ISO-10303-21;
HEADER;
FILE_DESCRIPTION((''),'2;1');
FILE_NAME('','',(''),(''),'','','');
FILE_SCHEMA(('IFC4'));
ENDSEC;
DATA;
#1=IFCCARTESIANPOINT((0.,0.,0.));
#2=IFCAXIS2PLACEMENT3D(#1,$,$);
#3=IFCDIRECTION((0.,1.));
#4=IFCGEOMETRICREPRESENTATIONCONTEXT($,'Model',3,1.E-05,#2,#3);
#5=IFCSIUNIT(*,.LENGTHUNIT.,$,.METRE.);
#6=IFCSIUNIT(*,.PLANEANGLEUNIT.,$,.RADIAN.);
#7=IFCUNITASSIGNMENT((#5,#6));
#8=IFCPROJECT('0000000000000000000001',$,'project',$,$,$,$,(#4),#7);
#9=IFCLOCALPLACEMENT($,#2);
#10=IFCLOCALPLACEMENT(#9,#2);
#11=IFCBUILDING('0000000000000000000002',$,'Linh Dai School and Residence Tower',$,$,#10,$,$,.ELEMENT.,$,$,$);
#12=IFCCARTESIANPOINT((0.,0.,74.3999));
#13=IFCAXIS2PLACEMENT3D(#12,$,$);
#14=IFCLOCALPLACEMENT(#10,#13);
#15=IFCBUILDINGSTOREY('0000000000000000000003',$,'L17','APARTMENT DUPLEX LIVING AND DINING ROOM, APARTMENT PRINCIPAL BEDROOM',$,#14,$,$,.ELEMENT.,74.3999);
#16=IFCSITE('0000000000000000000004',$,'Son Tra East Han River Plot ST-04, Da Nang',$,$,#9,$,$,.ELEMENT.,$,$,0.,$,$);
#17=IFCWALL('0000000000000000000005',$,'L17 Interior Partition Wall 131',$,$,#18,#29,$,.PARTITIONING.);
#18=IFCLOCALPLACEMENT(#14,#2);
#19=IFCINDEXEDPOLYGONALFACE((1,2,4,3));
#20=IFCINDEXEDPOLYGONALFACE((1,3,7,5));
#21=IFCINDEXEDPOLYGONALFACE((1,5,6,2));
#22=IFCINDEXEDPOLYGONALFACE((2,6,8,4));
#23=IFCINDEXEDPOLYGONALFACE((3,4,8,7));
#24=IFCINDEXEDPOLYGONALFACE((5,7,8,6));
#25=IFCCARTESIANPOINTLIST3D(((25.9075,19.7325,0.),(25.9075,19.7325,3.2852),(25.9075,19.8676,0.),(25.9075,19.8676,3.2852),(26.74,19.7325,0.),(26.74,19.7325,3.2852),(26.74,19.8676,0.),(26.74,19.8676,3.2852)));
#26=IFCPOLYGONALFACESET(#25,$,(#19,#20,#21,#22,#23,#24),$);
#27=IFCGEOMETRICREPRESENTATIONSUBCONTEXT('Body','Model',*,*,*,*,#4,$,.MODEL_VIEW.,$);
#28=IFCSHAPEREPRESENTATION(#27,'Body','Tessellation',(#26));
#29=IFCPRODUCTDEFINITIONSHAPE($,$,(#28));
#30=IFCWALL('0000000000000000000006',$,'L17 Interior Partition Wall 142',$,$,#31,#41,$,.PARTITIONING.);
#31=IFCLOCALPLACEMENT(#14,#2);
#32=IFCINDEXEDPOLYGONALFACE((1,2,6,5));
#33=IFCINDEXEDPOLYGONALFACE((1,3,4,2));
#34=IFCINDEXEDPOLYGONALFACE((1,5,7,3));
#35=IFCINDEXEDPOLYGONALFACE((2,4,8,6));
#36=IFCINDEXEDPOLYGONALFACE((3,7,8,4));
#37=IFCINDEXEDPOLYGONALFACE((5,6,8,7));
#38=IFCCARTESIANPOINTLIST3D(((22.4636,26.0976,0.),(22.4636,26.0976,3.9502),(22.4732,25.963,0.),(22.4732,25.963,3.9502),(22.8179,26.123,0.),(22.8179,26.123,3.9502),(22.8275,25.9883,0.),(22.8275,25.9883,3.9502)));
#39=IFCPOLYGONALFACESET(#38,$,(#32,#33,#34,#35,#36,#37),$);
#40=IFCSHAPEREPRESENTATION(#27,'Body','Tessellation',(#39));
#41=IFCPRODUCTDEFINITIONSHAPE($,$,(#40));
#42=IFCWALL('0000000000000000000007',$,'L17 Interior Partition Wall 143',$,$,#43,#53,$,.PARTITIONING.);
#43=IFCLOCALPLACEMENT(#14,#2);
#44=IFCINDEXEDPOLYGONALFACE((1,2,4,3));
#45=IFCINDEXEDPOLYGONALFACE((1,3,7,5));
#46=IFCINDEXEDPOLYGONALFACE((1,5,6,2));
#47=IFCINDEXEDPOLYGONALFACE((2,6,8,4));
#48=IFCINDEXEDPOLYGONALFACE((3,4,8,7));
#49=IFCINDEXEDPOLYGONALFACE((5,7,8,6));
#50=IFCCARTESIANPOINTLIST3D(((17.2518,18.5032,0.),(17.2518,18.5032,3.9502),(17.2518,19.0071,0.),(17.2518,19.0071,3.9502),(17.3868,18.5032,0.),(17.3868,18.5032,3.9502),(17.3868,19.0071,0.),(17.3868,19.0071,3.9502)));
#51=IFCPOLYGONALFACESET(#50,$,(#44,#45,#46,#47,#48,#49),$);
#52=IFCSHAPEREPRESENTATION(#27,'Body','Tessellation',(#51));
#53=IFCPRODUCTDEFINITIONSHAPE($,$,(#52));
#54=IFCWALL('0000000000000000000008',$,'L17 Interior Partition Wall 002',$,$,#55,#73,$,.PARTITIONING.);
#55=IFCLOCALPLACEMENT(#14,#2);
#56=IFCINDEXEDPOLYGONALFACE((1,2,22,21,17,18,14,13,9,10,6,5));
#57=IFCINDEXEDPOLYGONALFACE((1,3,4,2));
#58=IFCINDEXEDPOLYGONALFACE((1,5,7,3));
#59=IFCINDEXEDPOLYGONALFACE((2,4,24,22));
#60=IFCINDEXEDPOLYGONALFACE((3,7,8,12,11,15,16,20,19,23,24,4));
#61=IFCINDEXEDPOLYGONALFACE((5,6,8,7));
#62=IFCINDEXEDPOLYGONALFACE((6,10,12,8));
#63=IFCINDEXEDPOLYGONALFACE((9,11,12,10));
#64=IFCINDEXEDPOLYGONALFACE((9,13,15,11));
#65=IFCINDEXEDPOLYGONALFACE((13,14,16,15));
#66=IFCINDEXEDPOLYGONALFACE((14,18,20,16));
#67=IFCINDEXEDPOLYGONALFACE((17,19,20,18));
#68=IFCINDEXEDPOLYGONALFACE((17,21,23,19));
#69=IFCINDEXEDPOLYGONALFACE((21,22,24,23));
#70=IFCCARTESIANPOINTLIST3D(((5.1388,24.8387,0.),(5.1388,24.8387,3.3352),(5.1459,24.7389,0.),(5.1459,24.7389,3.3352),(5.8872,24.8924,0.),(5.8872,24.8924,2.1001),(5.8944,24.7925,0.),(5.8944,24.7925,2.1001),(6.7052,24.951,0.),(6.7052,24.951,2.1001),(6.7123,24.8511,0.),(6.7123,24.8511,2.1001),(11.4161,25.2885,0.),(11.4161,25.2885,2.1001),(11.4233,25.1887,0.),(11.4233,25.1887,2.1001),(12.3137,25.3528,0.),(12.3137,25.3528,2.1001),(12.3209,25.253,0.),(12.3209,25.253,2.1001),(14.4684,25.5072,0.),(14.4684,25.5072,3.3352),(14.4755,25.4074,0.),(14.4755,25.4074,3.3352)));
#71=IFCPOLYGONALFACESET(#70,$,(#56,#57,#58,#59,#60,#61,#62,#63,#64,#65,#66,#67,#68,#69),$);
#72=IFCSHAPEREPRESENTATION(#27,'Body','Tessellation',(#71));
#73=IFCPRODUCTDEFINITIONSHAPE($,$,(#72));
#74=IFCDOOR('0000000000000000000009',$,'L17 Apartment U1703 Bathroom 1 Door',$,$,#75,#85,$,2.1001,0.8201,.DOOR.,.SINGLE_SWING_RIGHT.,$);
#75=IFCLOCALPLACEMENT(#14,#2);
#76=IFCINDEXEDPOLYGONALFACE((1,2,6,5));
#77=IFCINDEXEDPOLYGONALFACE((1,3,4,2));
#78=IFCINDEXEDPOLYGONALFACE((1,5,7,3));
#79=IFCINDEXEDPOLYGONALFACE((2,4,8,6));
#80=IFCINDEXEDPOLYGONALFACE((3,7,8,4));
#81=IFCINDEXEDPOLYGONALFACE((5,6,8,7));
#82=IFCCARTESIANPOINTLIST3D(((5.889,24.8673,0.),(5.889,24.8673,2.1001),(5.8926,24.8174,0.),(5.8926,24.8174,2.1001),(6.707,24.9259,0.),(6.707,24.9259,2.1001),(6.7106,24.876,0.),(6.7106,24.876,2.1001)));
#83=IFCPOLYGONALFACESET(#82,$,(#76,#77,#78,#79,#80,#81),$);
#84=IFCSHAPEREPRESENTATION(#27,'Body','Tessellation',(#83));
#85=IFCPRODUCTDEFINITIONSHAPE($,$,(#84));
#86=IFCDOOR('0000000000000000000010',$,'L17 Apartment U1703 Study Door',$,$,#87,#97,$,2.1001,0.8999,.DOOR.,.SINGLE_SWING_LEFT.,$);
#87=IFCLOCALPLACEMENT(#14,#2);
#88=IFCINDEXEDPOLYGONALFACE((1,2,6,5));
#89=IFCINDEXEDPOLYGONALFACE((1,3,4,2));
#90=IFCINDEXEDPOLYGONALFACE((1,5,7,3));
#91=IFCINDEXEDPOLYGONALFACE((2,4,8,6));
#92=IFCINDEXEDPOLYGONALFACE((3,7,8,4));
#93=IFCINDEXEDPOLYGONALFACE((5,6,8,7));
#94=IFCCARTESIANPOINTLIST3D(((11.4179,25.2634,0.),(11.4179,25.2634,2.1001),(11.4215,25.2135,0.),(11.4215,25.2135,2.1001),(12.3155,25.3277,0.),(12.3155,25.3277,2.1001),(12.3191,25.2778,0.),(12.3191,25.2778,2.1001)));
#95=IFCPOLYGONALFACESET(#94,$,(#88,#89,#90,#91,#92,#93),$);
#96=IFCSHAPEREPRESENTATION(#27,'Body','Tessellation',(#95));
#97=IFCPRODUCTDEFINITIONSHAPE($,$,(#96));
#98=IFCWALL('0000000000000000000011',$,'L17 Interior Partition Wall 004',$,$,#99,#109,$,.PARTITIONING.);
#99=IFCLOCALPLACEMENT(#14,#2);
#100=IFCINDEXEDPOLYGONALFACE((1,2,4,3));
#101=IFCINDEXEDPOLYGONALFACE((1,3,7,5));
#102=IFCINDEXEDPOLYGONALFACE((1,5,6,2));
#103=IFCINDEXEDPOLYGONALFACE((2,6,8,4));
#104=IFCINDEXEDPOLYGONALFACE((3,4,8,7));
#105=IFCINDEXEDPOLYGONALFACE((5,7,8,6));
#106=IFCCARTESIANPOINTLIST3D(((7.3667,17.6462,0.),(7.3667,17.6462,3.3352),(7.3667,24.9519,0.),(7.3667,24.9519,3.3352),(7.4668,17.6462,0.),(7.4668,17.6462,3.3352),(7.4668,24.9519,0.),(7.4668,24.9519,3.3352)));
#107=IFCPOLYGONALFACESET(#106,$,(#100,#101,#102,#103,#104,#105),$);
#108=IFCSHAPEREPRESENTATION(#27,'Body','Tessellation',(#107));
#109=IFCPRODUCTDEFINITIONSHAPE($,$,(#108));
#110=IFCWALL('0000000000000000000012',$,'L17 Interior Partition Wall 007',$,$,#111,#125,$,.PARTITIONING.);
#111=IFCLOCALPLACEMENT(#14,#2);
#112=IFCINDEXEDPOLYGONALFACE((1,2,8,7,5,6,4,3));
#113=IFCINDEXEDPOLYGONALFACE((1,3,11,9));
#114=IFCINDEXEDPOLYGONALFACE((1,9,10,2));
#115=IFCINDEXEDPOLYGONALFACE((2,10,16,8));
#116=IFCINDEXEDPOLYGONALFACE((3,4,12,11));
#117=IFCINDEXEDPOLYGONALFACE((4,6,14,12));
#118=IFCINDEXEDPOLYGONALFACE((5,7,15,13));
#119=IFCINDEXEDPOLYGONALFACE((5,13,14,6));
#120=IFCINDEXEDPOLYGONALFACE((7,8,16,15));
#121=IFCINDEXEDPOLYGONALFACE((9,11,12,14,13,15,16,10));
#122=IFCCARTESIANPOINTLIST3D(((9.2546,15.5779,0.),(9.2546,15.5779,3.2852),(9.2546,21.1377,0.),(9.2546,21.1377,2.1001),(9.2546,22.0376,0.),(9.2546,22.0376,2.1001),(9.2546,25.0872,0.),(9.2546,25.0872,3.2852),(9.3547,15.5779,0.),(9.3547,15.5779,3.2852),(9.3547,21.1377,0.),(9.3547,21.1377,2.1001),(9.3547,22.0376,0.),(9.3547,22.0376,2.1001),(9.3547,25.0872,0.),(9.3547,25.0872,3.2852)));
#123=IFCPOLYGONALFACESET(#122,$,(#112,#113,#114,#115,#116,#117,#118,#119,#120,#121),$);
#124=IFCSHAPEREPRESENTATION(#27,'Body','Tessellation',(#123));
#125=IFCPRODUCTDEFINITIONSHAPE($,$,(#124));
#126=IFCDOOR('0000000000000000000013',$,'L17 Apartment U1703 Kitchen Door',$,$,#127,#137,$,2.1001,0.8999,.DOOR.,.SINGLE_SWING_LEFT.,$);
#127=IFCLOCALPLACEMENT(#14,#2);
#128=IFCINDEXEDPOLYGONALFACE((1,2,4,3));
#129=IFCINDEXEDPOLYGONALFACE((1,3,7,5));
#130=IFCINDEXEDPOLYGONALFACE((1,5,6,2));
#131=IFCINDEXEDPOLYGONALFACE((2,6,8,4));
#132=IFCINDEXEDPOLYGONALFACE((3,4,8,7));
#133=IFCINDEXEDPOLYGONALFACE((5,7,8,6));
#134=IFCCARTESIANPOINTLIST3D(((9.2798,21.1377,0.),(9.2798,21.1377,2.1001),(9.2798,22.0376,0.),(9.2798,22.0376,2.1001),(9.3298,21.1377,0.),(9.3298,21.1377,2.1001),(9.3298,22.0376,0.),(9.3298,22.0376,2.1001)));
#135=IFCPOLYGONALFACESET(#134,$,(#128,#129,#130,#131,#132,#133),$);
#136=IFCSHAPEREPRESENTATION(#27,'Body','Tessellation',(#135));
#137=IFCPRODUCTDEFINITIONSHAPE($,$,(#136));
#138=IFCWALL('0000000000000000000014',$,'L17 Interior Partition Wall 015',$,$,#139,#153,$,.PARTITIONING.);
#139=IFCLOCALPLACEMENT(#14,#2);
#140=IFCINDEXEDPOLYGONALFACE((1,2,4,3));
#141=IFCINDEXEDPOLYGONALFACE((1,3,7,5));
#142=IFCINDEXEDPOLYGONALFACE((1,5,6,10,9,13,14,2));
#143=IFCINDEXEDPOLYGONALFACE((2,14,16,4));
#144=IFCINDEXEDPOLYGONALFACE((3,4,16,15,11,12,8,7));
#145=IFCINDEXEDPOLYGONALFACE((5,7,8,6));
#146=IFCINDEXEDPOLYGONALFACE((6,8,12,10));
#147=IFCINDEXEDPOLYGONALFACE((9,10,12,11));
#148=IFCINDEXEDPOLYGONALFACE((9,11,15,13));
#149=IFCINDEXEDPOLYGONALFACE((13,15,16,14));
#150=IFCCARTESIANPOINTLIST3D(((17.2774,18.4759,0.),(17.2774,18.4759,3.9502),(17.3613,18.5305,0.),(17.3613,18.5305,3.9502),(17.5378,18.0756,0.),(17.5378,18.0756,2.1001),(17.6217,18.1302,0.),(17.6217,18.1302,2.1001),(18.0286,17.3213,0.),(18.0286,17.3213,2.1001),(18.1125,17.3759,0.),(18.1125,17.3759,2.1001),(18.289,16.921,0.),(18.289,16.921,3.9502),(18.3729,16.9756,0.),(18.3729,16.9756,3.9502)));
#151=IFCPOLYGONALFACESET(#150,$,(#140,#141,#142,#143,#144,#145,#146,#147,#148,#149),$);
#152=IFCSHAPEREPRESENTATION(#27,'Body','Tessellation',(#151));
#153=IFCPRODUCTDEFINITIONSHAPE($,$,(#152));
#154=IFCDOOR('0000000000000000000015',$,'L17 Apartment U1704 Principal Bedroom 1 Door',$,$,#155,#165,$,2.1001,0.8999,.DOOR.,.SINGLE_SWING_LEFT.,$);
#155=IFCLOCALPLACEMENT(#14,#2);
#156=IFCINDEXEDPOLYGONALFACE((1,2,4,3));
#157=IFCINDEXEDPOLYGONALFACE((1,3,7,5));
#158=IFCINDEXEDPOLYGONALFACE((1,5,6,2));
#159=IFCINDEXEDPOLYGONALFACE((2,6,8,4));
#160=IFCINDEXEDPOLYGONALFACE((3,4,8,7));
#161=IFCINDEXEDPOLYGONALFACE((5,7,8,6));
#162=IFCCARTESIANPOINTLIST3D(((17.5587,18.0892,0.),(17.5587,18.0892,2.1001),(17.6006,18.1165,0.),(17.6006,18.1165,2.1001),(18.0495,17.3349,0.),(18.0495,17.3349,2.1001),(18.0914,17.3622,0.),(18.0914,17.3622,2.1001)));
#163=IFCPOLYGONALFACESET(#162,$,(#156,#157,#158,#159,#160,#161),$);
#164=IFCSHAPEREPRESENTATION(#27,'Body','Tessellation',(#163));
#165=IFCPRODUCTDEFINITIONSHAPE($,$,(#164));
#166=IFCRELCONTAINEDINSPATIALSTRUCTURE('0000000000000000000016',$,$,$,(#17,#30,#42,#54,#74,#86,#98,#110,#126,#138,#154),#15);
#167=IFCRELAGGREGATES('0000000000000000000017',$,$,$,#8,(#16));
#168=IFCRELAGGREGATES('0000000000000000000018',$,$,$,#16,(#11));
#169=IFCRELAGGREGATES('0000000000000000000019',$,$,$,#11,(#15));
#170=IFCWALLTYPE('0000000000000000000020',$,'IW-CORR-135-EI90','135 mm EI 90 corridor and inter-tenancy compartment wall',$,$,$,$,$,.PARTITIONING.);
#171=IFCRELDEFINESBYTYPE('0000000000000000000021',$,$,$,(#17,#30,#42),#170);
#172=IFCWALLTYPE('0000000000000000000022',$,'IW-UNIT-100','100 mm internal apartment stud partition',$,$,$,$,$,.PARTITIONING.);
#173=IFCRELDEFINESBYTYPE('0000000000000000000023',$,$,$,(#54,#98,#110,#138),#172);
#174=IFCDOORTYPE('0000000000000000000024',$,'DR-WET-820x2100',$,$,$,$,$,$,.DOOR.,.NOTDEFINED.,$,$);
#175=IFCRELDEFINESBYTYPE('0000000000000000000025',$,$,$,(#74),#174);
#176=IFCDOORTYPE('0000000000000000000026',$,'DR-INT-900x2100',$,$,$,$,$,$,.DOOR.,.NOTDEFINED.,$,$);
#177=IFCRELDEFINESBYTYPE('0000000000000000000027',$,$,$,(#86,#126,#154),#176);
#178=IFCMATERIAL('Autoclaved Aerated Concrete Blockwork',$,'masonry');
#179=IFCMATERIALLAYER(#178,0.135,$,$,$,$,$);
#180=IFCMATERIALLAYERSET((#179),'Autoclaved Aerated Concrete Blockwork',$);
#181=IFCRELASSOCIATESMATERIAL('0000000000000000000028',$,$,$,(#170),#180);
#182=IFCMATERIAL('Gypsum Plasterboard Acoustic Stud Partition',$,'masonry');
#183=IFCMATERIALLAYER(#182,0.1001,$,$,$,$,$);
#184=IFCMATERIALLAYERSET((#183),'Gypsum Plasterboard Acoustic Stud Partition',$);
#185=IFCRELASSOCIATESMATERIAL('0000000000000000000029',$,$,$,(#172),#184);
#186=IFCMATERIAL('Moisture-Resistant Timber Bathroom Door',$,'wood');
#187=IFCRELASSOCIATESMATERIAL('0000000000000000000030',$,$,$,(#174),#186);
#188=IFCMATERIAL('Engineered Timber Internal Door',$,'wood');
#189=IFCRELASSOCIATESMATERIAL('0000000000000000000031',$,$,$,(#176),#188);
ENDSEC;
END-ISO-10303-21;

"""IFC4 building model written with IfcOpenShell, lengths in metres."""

from ifc_helpers import new_model, si_unit, direction, frame, frame_2d, origin, origin_2d, place, context, subcontext, project, spatial, rectangle, extrude, source, transform, mapped, material, layer, layer_set, type_object, element, fill, save


model = new_model("IFC4")

# Units and contexts
model_context = context("Model", 3, precision=1e-05, world=origin(), true_north=direction((0.0, 1.0)))
body_context = subcontext(model_context, "Body", "Model", "MODEL_VIEW")
ifc_project = project(units=[si_unit("LENGTHUNIT", "METRE"), si_unit("PLANEANGLEUNIT", "RADIAN")], contexts=[model_context])

# Site, building, storey
site_placement = place(None, origin())
site = spatial("IfcSite", under=ifc_project, at=site_placement, Name="Son Tra East Han River Plot ST-04, Da Nang", CompositionType="ELEMENT", RefElevation=0.0)
building_placement = place(site_placement, origin())
building = spatial("IfcBuilding", under=site, at=building_placement, Name="Linh Dai School and Residence Tower", CompositionType="ELEMENT")
storey_placement = place(building_placement, frame((0.0, 0.0, 74.3999)))
storey = spatial("IfcBuildingStorey", under=building, at=storey_placement, Name="L17", Description="APARTMENT DUPLEX LIVING AND DINING ROOM, APARTMENT PRINCIPAL BEDROOM", CompositionType="ELEMENT", Elevation=74.3999)

# Shared definitions
ifc_material_1 = material(Name="Autoclaved Aerated Concrete Blockwork", Category="masonry")
ifc_layer_1 = layer(ifc_material_1, 0.135)
ifc_layer_set_1 = layer_set([ifc_layer_1], Name="Autoclaved Aerated Concrete Blockwork")
wall_type_1 = type_object("IfcWallType", Name="IW-CORR-135-EI90", Description="135 mm EI 90 corridor and inter-tenancy compartment wall", PredefinedType="PARTITIONING", material=ifc_layer_set_1)

# Walls
wall_1_placement = place(storey_placement, frame((25.9075, 19.8, 0.0), z_axis=(0.0, 0.0, 1.0), x_axis=(1.0, 0.0, 0.0)))
element("IfcWall", 1, at=wall_1_placement, inside=storey, type_object=wall_type_1, Name="L17 Interior Partition Wall 131", PredefinedType="PARTITIONING", context=body_context, shape_type="SweptSolid", body=[
    extrude(rectangle(XDim=0.8325, YDim=0.135, at=frame_2d((0.4163, 0.0))), origin(), (0.0, 0.0, 1.0), 3.2852),
])
wall_2_placement = place(storey_placement, frame((22.4683, 26.0303, 0.0), z_axis=(0.0, 0.0, 1.0), x_axis=(0.997441, 0.071491, 0.0)))
element("IfcWall", 2, at=wall_2_placement, inside=storey, type_object=wall_type_1, Name="L17 Interior Partition Wall 142", PredefinedType="PARTITIONING", context=body_context, shape_type="SweptSolid", body=[
    extrude(rectangle(XDim=0.3552, YDim=0.135, at=frame_2d((0.1777, 0.0))), origin(), (0.0, 0.0, 1.0), 3.9502),
])
wall_3_placement = place(storey_placement, frame((17.3193, 18.5032, 0.0), z_axis=(0.0, 0.0, 1.0), x_axis=(0.0, 1.0, 0.0)))
element("IfcWall", 3, at=wall_3_placement, inside=storey, type_object=wall_type_1, Name="L17 Interior Partition Wall 143", PredefinedType="PARTITIONING", context=body_context, shape_type="SweptSolid", body=[
    extrude(rectangle(XDim=0.5039, YDim=0.135, at=frame_2d((0.252, 0.0))), origin(), (0.0, 0.0, 1.0), 3.9502),
])

# Wall, openings, doors
ifc_material_2 = material(Name="Gypsum Plasterboard Acoustic Stud Partition", Category="masonry")
ifc_layer_2 = layer(ifc_material_2, 0.1001)
ifc_layer_set_2 = layer_set([ifc_layer_2], Name="Gypsum Plasterboard Acoustic Stud Partition")
wall_type_2 = type_object("IfcWallType", Name="IW-UNIT-100", Description="100 mm internal apartment stud partition", PredefinedType="PARTITIONING", material=ifc_layer_set_2)
wall_4_placement = place(storey_placement, frame((5.1423, 24.7888, 0.0), z_axis=(0.0, 0.0, 1.0), x_axis=(0.997443, 0.071466, 0.0)))
wall_4 = element("IfcWall", 4, at=wall_4_placement, inside=storey, type_object=wall_type_2, Name="L17 Interior Partition Wall 002", PredefinedType="PARTITIONING", context=body_context, shape_type="SweptSolid", body=[
    extrude(rectangle(XDim=9.3535, YDim=0.1001, at=frame_2d((4.6768, 0.0))), origin(), (0.0, 0.0, 1.0), 3.3352),
])
opening_1_placement = place(wall_4_placement, frame((6.2935, 0.0, 0.0)))
opening_1 = element("IfcOpeningElement", 5, at=opening_1_placement, cuts=wall_4, PredefinedType="OPENING", context=body_context, shape_type="SweptSolid", body=[
    extrude(rectangle(XDim=0.8999, YDim=2.1001, at=origin_2d()), frame((0.45, 0.0601, 1.05), z_axis=(0.0, -1.0, 0.0), x_axis=(1.0, 0.0, 0.0)), (0.0, 0.0, 1.0), 0.1201),
])
opening_2_placement = place(wall_4_placement, frame((0.7502, 0.0, 0.0)))
opening_2 = element("IfcOpeningElement", 6, at=opening_2_placement, cuts=wall_4, PredefinedType="OPENING", context=body_context, shape_type="SweptSolid", body=[
    extrude(rectangle(XDim=0.8201, YDim=2.1001, at=origin_2d()), frame((0.4102, 0.0601, 1.05), z_axis=(0.0, -1.0, 0.0), x_axis=(1.0, 0.0, 0.0)), (0.0, 0.0, 1.0), 0.1201),
])
ifc_material_3 = material(Name="Moisture-Resistant Timber Bathroom Door", Category="wood")
door_type_1 = type_object("IfcDoorType", Name="DR-WET-820x2100", OperationType="NOTDEFINED", PredefinedType="DOOR", material=ifc_material_3)
shared_shape_1 = source(origin(), body_context, "Body", "SweptSolid", [
    extrude(rectangle(XDim=0.8201, YDim=2.1001, at=origin_2d()), frame((0.4102, 0.0249, 1.05), z_axis=(0.0, -1.0, 0.0), x_axis=(1.0, 0.0, 0.0)), (0.0, 0.0, 1.0), 0.05),
])
door_1_placement = place(opening_2_placement, origin())
door_1 = element("IfcDoor", 7, at=door_1_placement, inside=storey, type_object=door_type_1, Name="L17 Apartment U1703 Bathroom 1 Door", OperationType="SINGLE_SWING_RIGHT", OverallHeight=2.1001, OverallWidth=0.8201, PredefinedType="DOOR", context=body_context, shape_type="MappedRepresentation", body=[
    mapped(shared_shape_1, transform((0.0, 0.0, 0.0), x_axis=(1.0, 0.0, 0.0), y_axis=(0.0, 1.0, 0.0), z_axis=(0.0, 0.0, 1.0), scale=1.0)),
])
fill(opening_2, door_1)
ifc_material_4 = material(Name="Engineered Timber Internal Door", Category="wood")
door_type_2 = type_object("IfcDoorType", Name="DR-INT-900x2100", OperationType="NOTDEFINED", PredefinedType="DOOR", material=ifc_material_4)
shared_shape_2 = source(origin(), body_context, "Body", "SweptSolid", [
    extrude(rectangle(XDim=0.8999, YDim=2.1001, at=origin_2d()), frame((0.45, 0.0249, 1.05), z_axis=(0.0, -1.0, 0.0), x_axis=(1.0, 0.0, 0.0)), (0.0, 0.0, 1.0), 0.05),
])
door_2_placement = place(opening_1_placement, origin())
door_2 = element("IfcDoor", 8, at=door_2_placement, inside=storey, type_object=door_type_2, Name="L17 Apartment U1703 Study Door", OperationType="SINGLE_SWING_LEFT", OverallHeight=2.1001, OverallWidth=0.8999, PredefinedType="DOOR", context=body_context, shape_type="MappedRepresentation", body=[
    mapped(shared_shape_2, transform((0.0, 0.0, 0.0), x_axis=(1.0, 0.0, 0.0), y_axis=(0.0, 1.0, 0.0), z_axis=(0.0, 0.0, 1.0), scale=1.0)),
])
fill(opening_1, door_2)

# Wall
wall_5_placement = place(storey_placement, frame((7.4167, 17.6462, 0.0), z_axis=(0.0, 0.0, 1.0), x_axis=(0.0, 1.0, 0.0)))
element("IfcWall", 9, at=wall_5_placement, inside=storey, type_object=wall_type_2, Name="L17 Interior Partition Wall 004", PredefinedType="PARTITIONING", context=body_context, shape_type="SweptSolid", body=[
    extrude(rectangle(XDim=7.3057, YDim=0.1001, at=frame_2d((3.6528, 0.0))), origin(), (0.0, 0.0, 1.0), 3.3352),
])

# Walls, openings, doors
wall_6_placement = place(storey_placement, frame((9.3047, 15.5779, 0.0), z_axis=(0.0, 0.0, 1.0), x_axis=(0.0, 1.0, 0.0)))
wall_6 = element("IfcWall", 10, at=wall_6_placement, inside=storey, type_object=wall_type_2, Name="L17 Interior Partition Wall 007", PredefinedType="PARTITIONING", context=body_context, shape_type="SweptSolid", body=[
    extrude(rectangle(XDim=9.5093, YDim=0.1001, at=frame_2d((4.7546, 0.0))), origin(), (0.0, 0.0, 1.0), 3.2852),
])
opening_3_placement = place(wall_6_placement, frame((5.5598, 0.0, 0.0)))
opening_3 = element("IfcOpeningElement", 11, at=opening_3_placement, cuts=wall_6, PredefinedType="OPENING", context=body_context, shape_type="SweptSolid", body=[
    extrude(rectangle(XDim=0.8999, YDim=2.1001, at=origin_2d()), frame((0.45, 0.0601, 1.05), z_axis=(0.0, -1.0, 0.0), x_axis=(1.0, 0.0, 0.0)), (0.0, 0.0, 1.0), 0.1201),
])
door_3_placement = place(opening_3_placement, origin())
door_3 = element("IfcDoor", 12, at=door_3_placement, inside=storey, type_object=door_type_2, Name="L17 Apartment U1703 Kitchen Door", OperationType="SINGLE_SWING_LEFT", OverallHeight=2.1001, OverallWidth=0.8999, PredefinedType="DOOR", context=body_context, shape_type="MappedRepresentation", body=[
    mapped(shared_shape_2, transform((0.0, 0.0, 0.0), x_axis=(1.0, 0.0, 0.0), y_axis=(0.0, 1.0, 0.0), z_axis=(0.0, 0.0, 1.0), scale=1.0)),
])
fill(opening_3, door_3)
wall_7_placement = place(storey_placement, frame((17.3193, 18.5032, 0.0), z_axis=(0.0, 0.0, 1.0), x_axis=(0.545372, -0.838194, 0.0)))
wall_7 = element("IfcWall", 13, at=wall_7_placement, inside=storey, type_object=wall_type_2, Name="L17 Interior Partition Wall 015", PredefinedType="PARTITIONING", context=body_context, shape_type="SweptSolid", body=[
    extrude(rectangle(XDim=1.855, YDim=0.1001, at=frame_2d((0.9275, 0.0))), origin(), (0.0, 0.0, 1.0), 3.9502),
])
opening_4_placement = place(wall_7_placement, frame((0.4775, 0.0, 0.0)))
opening_4 = element("IfcOpeningElement", 14, at=opening_4_placement, cuts=wall_7, PredefinedType="OPENING", context=body_context, shape_type="SweptSolid", body=[
    extrude(rectangle(XDim=0.8999, YDim=2.1001, at=origin_2d()), frame((0.45, 0.0601, 1.05), z_axis=(0.0, -1.0, 0.0), x_axis=(1.0, 0.0, 0.0)), (0.0, 0.0, 1.0), 0.1201),
])
door_4_placement = place(opening_4_placement, origin())
door_4 = element("IfcDoor", 15, at=door_4_placement, inside=storey, type_object=door_type_2, Name="L17 Apartment U1704 Principal Bedroom 1 Door", OperationType="SINGLE_SWING_LEFT", OverallHeight=2.1001, OverallWidth=0.8999, PredefinedType="DOOR", context=body_context, shape_type="MappedRepresentation", body=[
    mapped(shared_shape_2, transform((0.0, 0.0, 0.0), x_axis=(1.0, 0.0, 0.0), y_axis=(0.0, 1.0, 0.0), z_axis=(0.0, 0.0, 1.0), scale=1.0)),
])
fill(opening_4, door_4)

save(model, "model.ifc")
